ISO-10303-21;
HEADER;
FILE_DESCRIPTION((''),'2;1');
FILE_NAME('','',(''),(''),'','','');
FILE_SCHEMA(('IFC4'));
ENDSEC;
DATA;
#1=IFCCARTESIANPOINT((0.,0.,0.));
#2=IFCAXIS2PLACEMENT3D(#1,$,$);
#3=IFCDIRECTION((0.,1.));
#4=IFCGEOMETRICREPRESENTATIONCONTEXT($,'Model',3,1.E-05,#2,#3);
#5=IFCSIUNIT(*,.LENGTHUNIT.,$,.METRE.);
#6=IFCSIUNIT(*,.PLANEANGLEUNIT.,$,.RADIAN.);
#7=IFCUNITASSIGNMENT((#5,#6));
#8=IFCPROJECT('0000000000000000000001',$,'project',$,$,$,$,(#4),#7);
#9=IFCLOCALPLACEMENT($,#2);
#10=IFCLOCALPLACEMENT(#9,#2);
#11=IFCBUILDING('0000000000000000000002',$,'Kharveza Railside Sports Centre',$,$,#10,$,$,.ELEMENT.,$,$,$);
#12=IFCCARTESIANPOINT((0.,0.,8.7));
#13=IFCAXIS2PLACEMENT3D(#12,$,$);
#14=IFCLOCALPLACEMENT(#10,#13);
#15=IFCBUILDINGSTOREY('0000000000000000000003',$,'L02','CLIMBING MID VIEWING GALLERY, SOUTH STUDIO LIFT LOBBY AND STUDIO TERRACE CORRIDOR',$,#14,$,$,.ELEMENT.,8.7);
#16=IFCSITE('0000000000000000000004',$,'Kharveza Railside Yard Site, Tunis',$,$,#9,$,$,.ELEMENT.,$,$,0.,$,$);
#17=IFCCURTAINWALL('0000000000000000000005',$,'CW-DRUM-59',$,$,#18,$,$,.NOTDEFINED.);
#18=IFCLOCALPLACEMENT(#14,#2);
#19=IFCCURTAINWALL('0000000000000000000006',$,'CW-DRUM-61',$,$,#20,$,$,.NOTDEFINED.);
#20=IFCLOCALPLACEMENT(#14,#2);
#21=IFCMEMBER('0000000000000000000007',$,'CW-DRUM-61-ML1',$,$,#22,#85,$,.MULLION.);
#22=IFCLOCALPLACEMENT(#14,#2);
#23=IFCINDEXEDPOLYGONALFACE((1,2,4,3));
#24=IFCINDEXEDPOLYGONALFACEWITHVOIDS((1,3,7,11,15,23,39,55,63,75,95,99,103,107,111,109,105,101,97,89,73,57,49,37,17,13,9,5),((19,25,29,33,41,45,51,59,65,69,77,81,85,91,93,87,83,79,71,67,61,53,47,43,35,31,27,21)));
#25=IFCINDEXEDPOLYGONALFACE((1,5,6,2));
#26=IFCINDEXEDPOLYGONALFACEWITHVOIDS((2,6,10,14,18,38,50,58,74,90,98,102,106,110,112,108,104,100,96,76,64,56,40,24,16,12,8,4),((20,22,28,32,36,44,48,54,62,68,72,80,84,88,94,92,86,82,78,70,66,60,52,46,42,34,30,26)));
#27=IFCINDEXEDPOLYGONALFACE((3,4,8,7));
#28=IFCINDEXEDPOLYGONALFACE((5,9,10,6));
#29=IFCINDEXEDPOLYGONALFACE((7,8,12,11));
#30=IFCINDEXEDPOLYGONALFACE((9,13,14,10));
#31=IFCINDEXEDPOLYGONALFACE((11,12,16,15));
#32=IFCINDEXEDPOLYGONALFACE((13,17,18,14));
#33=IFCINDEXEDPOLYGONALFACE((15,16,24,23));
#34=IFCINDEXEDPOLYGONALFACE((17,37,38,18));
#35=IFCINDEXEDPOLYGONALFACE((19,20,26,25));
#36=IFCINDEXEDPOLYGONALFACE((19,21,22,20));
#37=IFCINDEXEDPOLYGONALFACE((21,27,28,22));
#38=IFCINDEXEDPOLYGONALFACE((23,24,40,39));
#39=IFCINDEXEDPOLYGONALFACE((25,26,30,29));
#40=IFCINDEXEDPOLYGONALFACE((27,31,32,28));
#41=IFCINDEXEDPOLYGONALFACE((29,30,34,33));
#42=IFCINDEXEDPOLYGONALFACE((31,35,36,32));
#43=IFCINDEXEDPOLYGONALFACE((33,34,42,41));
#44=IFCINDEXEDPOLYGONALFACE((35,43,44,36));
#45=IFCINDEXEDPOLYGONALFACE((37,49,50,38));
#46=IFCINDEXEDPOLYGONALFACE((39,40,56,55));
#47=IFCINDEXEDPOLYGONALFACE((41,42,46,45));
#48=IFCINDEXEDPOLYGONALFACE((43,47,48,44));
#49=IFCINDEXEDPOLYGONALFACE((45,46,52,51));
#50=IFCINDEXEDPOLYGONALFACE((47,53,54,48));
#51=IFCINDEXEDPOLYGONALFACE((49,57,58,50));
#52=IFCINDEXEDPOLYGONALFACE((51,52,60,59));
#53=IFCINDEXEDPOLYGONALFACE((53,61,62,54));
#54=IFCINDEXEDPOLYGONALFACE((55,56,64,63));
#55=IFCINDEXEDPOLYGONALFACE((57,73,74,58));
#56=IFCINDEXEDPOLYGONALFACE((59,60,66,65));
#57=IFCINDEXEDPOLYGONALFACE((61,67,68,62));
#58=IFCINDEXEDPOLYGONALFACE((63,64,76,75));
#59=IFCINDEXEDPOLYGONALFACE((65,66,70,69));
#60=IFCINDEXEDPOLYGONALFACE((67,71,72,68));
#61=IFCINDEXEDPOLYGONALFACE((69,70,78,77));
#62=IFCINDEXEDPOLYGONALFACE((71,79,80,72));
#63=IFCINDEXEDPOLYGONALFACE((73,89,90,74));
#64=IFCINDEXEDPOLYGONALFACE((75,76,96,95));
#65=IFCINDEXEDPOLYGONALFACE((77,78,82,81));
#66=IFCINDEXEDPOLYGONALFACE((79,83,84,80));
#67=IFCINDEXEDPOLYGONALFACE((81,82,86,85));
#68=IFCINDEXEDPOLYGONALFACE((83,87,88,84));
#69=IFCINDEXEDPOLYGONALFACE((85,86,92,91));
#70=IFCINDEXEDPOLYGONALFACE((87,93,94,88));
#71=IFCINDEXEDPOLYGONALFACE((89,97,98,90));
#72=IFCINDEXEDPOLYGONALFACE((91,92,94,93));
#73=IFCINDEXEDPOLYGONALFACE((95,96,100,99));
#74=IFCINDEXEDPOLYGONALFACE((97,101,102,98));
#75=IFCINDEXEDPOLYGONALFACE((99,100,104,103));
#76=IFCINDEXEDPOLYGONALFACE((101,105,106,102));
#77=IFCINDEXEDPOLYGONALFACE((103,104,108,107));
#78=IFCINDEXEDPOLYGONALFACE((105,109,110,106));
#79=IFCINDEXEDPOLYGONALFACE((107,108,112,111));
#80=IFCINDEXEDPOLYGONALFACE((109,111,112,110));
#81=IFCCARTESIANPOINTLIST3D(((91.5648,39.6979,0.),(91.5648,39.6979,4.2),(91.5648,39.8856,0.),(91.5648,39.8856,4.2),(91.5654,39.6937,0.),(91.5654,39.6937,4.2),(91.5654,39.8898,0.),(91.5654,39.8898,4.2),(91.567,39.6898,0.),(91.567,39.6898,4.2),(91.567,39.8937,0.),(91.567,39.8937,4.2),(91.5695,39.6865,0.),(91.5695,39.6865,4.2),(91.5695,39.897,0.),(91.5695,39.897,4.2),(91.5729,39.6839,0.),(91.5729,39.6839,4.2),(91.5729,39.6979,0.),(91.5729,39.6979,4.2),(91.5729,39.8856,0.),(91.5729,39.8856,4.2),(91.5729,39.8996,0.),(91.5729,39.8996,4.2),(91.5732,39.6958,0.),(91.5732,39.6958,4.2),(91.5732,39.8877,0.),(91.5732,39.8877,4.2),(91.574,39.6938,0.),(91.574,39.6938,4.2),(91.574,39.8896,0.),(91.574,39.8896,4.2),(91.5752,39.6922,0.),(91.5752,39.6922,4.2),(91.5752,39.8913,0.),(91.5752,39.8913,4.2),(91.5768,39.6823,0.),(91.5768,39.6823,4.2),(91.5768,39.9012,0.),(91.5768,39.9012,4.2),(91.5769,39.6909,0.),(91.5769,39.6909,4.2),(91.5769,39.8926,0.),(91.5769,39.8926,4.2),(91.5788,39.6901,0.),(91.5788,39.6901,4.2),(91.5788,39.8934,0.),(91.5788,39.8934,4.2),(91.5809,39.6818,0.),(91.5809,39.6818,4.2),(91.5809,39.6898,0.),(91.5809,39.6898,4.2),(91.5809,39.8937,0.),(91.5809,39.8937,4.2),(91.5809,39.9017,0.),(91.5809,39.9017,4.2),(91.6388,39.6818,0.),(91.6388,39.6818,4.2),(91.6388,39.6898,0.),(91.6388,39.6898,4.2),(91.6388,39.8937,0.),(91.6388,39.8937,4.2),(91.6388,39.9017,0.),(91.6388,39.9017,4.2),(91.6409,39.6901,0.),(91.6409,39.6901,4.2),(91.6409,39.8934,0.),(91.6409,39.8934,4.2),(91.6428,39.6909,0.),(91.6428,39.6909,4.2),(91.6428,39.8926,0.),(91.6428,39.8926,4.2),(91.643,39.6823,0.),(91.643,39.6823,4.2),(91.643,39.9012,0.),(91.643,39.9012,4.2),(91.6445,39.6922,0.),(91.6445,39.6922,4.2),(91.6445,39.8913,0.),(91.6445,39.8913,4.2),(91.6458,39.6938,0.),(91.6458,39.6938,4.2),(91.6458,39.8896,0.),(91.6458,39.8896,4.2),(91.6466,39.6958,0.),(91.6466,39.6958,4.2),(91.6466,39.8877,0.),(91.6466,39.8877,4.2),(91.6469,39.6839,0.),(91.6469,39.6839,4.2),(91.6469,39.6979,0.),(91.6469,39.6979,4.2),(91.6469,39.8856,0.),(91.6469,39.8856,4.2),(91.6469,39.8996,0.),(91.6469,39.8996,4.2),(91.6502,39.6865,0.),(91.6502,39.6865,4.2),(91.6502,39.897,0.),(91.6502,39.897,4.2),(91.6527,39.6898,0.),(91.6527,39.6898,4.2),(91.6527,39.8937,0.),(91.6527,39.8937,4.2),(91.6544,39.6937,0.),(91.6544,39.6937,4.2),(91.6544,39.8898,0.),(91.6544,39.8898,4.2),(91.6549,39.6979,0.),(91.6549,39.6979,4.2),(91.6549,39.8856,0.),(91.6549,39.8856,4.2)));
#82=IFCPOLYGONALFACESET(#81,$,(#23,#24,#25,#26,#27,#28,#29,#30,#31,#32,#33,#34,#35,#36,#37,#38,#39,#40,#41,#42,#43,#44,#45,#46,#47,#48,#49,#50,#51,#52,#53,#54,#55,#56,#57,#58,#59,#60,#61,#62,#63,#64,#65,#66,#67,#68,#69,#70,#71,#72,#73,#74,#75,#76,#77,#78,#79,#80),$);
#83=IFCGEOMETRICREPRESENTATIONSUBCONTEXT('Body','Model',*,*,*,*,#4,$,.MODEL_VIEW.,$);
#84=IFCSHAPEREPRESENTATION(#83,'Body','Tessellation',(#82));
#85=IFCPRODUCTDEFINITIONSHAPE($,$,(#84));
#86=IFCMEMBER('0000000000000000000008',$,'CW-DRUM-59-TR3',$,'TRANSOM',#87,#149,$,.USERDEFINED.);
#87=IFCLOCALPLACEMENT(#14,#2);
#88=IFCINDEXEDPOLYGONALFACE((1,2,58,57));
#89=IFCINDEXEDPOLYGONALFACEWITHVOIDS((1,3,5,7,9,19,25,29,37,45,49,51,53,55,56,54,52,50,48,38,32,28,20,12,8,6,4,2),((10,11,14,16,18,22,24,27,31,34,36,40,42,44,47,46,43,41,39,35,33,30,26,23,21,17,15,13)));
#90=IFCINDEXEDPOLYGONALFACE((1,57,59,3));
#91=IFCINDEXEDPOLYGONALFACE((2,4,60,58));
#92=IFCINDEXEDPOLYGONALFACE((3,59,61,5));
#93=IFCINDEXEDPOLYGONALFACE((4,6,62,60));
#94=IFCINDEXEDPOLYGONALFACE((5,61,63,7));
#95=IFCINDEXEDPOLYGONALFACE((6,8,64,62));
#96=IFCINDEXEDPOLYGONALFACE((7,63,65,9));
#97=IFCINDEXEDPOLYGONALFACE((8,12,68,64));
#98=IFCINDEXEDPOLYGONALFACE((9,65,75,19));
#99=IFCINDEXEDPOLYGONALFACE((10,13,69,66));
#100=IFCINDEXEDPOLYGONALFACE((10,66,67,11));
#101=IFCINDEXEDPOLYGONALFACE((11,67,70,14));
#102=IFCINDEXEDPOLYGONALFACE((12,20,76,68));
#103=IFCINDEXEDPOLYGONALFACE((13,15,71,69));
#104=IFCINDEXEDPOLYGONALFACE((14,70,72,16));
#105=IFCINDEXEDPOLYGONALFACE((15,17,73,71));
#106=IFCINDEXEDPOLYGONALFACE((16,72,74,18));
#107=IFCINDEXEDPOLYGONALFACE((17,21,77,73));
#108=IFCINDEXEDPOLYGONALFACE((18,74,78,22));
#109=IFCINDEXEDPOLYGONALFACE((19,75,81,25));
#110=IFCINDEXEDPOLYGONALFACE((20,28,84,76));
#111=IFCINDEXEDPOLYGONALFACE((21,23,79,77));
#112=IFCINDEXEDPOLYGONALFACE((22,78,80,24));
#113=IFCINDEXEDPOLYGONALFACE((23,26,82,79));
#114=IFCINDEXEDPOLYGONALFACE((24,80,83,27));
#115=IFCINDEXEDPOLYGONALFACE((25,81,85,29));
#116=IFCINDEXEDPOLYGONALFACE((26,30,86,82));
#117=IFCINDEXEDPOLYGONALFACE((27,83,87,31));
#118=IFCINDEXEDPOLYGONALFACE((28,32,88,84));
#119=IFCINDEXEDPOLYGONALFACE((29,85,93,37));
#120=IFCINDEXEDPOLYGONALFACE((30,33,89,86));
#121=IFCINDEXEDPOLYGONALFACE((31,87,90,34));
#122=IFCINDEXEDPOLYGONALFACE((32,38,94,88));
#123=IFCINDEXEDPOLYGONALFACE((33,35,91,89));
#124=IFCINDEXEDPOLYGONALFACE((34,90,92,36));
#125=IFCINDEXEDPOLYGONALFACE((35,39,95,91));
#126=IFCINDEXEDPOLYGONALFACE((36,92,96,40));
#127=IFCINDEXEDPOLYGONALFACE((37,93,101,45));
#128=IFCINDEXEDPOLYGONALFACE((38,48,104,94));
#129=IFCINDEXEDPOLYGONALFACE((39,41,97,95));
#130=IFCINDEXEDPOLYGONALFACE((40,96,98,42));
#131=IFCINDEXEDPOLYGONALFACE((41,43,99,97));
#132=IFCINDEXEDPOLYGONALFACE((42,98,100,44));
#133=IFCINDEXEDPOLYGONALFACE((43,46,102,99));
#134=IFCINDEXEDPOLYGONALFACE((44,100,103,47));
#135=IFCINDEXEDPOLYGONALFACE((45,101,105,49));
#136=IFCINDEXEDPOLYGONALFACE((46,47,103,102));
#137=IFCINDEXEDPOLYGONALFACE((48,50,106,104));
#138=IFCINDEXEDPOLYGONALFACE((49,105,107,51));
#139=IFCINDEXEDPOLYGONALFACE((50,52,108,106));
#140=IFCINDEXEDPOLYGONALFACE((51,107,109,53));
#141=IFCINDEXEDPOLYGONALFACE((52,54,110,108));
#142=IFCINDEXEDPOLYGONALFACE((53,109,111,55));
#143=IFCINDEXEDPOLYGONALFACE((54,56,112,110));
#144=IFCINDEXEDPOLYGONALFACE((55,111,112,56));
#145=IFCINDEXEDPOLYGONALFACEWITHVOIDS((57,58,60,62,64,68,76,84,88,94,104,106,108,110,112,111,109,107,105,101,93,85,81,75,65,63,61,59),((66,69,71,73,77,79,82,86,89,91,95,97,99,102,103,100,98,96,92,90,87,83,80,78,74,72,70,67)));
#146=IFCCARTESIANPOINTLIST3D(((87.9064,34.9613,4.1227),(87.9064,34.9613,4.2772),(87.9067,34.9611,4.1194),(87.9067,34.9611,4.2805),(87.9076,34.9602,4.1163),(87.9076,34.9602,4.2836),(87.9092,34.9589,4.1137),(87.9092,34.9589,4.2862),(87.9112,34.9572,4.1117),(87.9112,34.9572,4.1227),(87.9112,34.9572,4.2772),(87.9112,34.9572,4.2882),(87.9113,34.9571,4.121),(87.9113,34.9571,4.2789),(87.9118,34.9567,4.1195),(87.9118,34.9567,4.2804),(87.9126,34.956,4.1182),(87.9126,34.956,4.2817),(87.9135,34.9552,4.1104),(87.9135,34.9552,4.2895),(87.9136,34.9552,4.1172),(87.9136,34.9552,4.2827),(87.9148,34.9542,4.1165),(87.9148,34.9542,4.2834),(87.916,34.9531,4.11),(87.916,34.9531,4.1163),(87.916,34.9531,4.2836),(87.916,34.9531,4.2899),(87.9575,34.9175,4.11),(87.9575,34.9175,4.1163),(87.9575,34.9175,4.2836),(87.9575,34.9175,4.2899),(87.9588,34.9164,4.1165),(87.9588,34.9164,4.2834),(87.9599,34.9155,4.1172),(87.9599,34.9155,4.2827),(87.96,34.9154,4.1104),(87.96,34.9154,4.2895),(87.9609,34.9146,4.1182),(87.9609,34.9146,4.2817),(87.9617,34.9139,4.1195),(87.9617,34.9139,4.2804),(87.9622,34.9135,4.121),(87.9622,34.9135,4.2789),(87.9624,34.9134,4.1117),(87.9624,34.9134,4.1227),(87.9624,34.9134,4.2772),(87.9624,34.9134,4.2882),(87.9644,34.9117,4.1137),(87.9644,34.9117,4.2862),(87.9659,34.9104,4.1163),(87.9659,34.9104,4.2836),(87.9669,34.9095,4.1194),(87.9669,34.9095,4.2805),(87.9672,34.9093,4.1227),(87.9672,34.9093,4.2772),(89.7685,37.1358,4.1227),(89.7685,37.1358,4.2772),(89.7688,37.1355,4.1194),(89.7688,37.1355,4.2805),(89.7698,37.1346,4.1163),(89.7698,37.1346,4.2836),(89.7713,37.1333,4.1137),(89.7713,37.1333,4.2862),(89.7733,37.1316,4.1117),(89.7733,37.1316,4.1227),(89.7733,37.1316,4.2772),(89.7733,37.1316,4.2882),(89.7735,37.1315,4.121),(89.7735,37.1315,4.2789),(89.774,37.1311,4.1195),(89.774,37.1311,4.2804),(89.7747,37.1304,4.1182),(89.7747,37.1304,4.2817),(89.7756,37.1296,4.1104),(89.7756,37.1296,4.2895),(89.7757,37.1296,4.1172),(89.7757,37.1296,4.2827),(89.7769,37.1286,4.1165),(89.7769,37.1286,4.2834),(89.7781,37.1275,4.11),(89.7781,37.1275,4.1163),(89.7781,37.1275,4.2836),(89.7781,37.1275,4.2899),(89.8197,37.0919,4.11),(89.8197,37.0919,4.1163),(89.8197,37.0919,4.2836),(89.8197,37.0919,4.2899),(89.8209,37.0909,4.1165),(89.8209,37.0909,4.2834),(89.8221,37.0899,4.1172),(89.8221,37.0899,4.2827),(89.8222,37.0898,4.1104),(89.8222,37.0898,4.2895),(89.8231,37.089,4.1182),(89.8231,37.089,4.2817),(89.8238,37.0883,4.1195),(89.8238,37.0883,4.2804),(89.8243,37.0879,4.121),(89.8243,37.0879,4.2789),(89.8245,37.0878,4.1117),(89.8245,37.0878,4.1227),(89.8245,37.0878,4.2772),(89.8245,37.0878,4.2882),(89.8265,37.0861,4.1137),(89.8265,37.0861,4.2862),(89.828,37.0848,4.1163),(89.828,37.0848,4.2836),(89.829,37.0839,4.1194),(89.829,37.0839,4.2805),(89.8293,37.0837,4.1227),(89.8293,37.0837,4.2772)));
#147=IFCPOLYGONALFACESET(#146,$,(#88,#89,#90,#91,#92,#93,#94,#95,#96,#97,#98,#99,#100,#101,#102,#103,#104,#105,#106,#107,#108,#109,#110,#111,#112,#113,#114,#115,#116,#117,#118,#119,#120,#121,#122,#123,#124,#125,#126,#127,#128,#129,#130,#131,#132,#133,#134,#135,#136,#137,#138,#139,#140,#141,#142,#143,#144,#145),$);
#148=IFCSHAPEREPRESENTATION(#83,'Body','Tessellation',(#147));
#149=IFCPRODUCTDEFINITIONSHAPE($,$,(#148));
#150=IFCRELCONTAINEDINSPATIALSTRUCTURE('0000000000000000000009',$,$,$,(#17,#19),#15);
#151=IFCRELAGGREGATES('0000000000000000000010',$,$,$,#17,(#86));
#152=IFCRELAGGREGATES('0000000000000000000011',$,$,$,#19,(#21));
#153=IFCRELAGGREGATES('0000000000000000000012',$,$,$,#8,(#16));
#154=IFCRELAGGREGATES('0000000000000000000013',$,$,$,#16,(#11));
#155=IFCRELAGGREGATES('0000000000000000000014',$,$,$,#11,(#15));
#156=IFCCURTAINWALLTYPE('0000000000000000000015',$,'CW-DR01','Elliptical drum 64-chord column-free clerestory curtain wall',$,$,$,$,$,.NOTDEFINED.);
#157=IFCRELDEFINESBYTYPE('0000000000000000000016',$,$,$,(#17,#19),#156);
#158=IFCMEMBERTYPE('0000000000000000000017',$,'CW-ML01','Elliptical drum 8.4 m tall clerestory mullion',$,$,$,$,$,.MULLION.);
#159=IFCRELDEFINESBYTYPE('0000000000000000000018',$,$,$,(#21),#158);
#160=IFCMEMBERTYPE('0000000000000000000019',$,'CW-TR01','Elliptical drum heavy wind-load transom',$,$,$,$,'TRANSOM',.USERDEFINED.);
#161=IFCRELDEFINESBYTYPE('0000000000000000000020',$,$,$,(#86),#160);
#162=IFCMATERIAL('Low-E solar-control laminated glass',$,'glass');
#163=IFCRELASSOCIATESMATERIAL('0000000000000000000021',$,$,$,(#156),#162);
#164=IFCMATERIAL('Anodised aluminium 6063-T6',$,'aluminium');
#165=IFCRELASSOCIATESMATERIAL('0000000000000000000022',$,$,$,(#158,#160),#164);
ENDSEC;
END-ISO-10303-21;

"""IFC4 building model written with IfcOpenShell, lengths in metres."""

from ifc_helpers import new_model, si_unit, direction, frame, origin, origin_2d, place, context, subcontext, project, spatial, hollow_rectangle, extrude, material, material_profile, profile_set, type_object, element, aggregate, save


model = new_model("IFC4")

# Units and contexts
model_context = context("Model", 3, precision=1e-05, world=origin(), true_north=direction((0.0, 1.0)))
body_context = subcontext(model_context, "Body", "Model", "MODEL_VIEW")
ifc_project = project(units=[si_unit("LENGTHUNIT", "METRE"), si_unit("PLANEANGLEUNIT", "RADIAN")], contexts=[model_context])

# Site, building, storey
site_placement = place(None, origin())
site = spatial("IfcSite", under=ifc_project, at=site_placement, Name="Kharveza Railside Yard Site, Tunis", CompositionType="ELEMENT", RefElevation=0.0)
building_placement = place(site_placement, origin())
building = spatial("IfcBuilding", under=site, at=building_placement, Name="Kharveza Railside Sports Centre", CompositionType="ELEMENT")
storey_placement = place(building_placement, frame((0.0, 0.0, 8.7)))
storey = spatial("IfcBuildingStorey", under=building, at=storey_placement, Name="L02", Description="CLIMBING MID VIEWING GALLERY, SOUTH STUDIO LIFT LOBBY AND STUDIO TERRACE CORRIDOR", CompositionType="ELEMENT", Elevation=8.7)

# Curtain wall
ifc_material_1 = material(Name="Low-E solar-control laminated glass", Category="glass")
curtain_wall_type = type_object("IfcCurtainWallType", Name="CW-DR01", Description="Elliptical drum 64-chord column-free clerestory curtain wall", PredefinedType="NOTDEFINED", material=ifc_material_1)
curtain_wall_1_placement = place(storey_placement, origin())
curtain_wall_1 = element("IfcCurtainWall", 1, at=curtain_wall_1_placement, inside=storey, type_object=curtain_wall_type, Name="CW-DRUM-59", PredefinedType="NOTDEFINED")
ifc_material_2 = material(Name="Anodised aluminium 6063-T6", Category="aluminium")
ifc_material_profile_1 = material_profile(ifc_material_2, hollow_rectangle(XDim=0.0901, YDim=0.22, WallThickness=0.0081, InnerFilletRadius=0.0081, OuterFilletRadius=0.0161, at=origin_2d()), Name="RHS 90x220x8.0")
ifc_profile_set_1 = profile_set([ifc_material_profile_1], Name="Anodised aluminium 6063-T6")
member_type_1 = type_object("IfcMemberType", Name="CW-ML01", Description="Elliptical drum 8.4 m tall clerestory mullion", PredefinedType="MULLION", material=ifc_profile_set_1)

# Curtain wall, member
curtain_wall_2_placement = place(storey_placement, origin())
curtain_wall_2 = element("IfcCurtainWall", 2, at=curtain_wall_2_placement, inside=storey, type_object=curtain_wall_type, Name="CW-DRUM-61", PredefinedType="NOTDEFINED")
member_1_placement = place(storey_placement, frame((91.6099, 39.7917, 0.0), z_axis=(0.0, 0.0, 1.0), x_axis=(1.0, 0.0, 0.0)))
member_1 = element("IfcMember", 3, at=member_1_placement, type_object=member_type_1, Name="CW-DRUM-61-ML1", PredefinedType="MULLION", context=body_context, shape_type="SweptSolid", body=[
    extrude(hollow_rectangle(XDim=0.0901, YDim=0.22, WallThickness=0.0081, InnerFilletRadius=0.0081, OuterFilletRadius=0.0161, at=origin_2d()), origin(), (0.0, 0.0, 1.0), 4.2),
])

# Member
ifc_material_profile_2 = material_profile(ifc_material_2, hollow_rectangle(XDim=0.0801, YDim=0.1799, WallThickness=0.0063, InnerFilletRadius=0.0063, OuterFilletRadius=0.0127, at=origin_2d()), Name="RHS 80x180x6.3")
ifc_profile_set_2 = profile_set([ifc_material_profile_2], Name="Anodised aluminium 6063-T6")
member_type_2 = type_object("IfcMemberType", Name="CW-TR01", Description="Elliptical drum heavy wind-load transom", ElementType="TRANSOM", PredefinedType="USERDEFINED", material=ifc_profile_set_2)
member_2_placement = place(storey_placement, frame((87.9368, 34.9353, 4.2), z_axis=(0.650461, 0.759539, 0.0), x_axis=(-0.759539, 0.650461, 0.0)))
member_2 = element("IfcMember", 4, at=member_2_placement, type_object=member_type_2, Name="CW-DRUM-59-TR3", ObjectType="TRANSOM", PredefinedType="USERDEFINED", context=body_context, shape_type="SweptSolid", body=[
    extrude(hollow_rectangle(XDim=0.0801, YDim=0.1799, WallThickness=0.0063, InnerFilletRadius=0.0063, OuterFilletRadius=0.0127, at=origin_2d()), origin(), (0.0, 0.0, 1.0), 2.8628),
])

aggregate(curtain_wall_1, [member_2])
aggregate(curtain_wall_2, [member_1])

save(model, "model.ifc")
